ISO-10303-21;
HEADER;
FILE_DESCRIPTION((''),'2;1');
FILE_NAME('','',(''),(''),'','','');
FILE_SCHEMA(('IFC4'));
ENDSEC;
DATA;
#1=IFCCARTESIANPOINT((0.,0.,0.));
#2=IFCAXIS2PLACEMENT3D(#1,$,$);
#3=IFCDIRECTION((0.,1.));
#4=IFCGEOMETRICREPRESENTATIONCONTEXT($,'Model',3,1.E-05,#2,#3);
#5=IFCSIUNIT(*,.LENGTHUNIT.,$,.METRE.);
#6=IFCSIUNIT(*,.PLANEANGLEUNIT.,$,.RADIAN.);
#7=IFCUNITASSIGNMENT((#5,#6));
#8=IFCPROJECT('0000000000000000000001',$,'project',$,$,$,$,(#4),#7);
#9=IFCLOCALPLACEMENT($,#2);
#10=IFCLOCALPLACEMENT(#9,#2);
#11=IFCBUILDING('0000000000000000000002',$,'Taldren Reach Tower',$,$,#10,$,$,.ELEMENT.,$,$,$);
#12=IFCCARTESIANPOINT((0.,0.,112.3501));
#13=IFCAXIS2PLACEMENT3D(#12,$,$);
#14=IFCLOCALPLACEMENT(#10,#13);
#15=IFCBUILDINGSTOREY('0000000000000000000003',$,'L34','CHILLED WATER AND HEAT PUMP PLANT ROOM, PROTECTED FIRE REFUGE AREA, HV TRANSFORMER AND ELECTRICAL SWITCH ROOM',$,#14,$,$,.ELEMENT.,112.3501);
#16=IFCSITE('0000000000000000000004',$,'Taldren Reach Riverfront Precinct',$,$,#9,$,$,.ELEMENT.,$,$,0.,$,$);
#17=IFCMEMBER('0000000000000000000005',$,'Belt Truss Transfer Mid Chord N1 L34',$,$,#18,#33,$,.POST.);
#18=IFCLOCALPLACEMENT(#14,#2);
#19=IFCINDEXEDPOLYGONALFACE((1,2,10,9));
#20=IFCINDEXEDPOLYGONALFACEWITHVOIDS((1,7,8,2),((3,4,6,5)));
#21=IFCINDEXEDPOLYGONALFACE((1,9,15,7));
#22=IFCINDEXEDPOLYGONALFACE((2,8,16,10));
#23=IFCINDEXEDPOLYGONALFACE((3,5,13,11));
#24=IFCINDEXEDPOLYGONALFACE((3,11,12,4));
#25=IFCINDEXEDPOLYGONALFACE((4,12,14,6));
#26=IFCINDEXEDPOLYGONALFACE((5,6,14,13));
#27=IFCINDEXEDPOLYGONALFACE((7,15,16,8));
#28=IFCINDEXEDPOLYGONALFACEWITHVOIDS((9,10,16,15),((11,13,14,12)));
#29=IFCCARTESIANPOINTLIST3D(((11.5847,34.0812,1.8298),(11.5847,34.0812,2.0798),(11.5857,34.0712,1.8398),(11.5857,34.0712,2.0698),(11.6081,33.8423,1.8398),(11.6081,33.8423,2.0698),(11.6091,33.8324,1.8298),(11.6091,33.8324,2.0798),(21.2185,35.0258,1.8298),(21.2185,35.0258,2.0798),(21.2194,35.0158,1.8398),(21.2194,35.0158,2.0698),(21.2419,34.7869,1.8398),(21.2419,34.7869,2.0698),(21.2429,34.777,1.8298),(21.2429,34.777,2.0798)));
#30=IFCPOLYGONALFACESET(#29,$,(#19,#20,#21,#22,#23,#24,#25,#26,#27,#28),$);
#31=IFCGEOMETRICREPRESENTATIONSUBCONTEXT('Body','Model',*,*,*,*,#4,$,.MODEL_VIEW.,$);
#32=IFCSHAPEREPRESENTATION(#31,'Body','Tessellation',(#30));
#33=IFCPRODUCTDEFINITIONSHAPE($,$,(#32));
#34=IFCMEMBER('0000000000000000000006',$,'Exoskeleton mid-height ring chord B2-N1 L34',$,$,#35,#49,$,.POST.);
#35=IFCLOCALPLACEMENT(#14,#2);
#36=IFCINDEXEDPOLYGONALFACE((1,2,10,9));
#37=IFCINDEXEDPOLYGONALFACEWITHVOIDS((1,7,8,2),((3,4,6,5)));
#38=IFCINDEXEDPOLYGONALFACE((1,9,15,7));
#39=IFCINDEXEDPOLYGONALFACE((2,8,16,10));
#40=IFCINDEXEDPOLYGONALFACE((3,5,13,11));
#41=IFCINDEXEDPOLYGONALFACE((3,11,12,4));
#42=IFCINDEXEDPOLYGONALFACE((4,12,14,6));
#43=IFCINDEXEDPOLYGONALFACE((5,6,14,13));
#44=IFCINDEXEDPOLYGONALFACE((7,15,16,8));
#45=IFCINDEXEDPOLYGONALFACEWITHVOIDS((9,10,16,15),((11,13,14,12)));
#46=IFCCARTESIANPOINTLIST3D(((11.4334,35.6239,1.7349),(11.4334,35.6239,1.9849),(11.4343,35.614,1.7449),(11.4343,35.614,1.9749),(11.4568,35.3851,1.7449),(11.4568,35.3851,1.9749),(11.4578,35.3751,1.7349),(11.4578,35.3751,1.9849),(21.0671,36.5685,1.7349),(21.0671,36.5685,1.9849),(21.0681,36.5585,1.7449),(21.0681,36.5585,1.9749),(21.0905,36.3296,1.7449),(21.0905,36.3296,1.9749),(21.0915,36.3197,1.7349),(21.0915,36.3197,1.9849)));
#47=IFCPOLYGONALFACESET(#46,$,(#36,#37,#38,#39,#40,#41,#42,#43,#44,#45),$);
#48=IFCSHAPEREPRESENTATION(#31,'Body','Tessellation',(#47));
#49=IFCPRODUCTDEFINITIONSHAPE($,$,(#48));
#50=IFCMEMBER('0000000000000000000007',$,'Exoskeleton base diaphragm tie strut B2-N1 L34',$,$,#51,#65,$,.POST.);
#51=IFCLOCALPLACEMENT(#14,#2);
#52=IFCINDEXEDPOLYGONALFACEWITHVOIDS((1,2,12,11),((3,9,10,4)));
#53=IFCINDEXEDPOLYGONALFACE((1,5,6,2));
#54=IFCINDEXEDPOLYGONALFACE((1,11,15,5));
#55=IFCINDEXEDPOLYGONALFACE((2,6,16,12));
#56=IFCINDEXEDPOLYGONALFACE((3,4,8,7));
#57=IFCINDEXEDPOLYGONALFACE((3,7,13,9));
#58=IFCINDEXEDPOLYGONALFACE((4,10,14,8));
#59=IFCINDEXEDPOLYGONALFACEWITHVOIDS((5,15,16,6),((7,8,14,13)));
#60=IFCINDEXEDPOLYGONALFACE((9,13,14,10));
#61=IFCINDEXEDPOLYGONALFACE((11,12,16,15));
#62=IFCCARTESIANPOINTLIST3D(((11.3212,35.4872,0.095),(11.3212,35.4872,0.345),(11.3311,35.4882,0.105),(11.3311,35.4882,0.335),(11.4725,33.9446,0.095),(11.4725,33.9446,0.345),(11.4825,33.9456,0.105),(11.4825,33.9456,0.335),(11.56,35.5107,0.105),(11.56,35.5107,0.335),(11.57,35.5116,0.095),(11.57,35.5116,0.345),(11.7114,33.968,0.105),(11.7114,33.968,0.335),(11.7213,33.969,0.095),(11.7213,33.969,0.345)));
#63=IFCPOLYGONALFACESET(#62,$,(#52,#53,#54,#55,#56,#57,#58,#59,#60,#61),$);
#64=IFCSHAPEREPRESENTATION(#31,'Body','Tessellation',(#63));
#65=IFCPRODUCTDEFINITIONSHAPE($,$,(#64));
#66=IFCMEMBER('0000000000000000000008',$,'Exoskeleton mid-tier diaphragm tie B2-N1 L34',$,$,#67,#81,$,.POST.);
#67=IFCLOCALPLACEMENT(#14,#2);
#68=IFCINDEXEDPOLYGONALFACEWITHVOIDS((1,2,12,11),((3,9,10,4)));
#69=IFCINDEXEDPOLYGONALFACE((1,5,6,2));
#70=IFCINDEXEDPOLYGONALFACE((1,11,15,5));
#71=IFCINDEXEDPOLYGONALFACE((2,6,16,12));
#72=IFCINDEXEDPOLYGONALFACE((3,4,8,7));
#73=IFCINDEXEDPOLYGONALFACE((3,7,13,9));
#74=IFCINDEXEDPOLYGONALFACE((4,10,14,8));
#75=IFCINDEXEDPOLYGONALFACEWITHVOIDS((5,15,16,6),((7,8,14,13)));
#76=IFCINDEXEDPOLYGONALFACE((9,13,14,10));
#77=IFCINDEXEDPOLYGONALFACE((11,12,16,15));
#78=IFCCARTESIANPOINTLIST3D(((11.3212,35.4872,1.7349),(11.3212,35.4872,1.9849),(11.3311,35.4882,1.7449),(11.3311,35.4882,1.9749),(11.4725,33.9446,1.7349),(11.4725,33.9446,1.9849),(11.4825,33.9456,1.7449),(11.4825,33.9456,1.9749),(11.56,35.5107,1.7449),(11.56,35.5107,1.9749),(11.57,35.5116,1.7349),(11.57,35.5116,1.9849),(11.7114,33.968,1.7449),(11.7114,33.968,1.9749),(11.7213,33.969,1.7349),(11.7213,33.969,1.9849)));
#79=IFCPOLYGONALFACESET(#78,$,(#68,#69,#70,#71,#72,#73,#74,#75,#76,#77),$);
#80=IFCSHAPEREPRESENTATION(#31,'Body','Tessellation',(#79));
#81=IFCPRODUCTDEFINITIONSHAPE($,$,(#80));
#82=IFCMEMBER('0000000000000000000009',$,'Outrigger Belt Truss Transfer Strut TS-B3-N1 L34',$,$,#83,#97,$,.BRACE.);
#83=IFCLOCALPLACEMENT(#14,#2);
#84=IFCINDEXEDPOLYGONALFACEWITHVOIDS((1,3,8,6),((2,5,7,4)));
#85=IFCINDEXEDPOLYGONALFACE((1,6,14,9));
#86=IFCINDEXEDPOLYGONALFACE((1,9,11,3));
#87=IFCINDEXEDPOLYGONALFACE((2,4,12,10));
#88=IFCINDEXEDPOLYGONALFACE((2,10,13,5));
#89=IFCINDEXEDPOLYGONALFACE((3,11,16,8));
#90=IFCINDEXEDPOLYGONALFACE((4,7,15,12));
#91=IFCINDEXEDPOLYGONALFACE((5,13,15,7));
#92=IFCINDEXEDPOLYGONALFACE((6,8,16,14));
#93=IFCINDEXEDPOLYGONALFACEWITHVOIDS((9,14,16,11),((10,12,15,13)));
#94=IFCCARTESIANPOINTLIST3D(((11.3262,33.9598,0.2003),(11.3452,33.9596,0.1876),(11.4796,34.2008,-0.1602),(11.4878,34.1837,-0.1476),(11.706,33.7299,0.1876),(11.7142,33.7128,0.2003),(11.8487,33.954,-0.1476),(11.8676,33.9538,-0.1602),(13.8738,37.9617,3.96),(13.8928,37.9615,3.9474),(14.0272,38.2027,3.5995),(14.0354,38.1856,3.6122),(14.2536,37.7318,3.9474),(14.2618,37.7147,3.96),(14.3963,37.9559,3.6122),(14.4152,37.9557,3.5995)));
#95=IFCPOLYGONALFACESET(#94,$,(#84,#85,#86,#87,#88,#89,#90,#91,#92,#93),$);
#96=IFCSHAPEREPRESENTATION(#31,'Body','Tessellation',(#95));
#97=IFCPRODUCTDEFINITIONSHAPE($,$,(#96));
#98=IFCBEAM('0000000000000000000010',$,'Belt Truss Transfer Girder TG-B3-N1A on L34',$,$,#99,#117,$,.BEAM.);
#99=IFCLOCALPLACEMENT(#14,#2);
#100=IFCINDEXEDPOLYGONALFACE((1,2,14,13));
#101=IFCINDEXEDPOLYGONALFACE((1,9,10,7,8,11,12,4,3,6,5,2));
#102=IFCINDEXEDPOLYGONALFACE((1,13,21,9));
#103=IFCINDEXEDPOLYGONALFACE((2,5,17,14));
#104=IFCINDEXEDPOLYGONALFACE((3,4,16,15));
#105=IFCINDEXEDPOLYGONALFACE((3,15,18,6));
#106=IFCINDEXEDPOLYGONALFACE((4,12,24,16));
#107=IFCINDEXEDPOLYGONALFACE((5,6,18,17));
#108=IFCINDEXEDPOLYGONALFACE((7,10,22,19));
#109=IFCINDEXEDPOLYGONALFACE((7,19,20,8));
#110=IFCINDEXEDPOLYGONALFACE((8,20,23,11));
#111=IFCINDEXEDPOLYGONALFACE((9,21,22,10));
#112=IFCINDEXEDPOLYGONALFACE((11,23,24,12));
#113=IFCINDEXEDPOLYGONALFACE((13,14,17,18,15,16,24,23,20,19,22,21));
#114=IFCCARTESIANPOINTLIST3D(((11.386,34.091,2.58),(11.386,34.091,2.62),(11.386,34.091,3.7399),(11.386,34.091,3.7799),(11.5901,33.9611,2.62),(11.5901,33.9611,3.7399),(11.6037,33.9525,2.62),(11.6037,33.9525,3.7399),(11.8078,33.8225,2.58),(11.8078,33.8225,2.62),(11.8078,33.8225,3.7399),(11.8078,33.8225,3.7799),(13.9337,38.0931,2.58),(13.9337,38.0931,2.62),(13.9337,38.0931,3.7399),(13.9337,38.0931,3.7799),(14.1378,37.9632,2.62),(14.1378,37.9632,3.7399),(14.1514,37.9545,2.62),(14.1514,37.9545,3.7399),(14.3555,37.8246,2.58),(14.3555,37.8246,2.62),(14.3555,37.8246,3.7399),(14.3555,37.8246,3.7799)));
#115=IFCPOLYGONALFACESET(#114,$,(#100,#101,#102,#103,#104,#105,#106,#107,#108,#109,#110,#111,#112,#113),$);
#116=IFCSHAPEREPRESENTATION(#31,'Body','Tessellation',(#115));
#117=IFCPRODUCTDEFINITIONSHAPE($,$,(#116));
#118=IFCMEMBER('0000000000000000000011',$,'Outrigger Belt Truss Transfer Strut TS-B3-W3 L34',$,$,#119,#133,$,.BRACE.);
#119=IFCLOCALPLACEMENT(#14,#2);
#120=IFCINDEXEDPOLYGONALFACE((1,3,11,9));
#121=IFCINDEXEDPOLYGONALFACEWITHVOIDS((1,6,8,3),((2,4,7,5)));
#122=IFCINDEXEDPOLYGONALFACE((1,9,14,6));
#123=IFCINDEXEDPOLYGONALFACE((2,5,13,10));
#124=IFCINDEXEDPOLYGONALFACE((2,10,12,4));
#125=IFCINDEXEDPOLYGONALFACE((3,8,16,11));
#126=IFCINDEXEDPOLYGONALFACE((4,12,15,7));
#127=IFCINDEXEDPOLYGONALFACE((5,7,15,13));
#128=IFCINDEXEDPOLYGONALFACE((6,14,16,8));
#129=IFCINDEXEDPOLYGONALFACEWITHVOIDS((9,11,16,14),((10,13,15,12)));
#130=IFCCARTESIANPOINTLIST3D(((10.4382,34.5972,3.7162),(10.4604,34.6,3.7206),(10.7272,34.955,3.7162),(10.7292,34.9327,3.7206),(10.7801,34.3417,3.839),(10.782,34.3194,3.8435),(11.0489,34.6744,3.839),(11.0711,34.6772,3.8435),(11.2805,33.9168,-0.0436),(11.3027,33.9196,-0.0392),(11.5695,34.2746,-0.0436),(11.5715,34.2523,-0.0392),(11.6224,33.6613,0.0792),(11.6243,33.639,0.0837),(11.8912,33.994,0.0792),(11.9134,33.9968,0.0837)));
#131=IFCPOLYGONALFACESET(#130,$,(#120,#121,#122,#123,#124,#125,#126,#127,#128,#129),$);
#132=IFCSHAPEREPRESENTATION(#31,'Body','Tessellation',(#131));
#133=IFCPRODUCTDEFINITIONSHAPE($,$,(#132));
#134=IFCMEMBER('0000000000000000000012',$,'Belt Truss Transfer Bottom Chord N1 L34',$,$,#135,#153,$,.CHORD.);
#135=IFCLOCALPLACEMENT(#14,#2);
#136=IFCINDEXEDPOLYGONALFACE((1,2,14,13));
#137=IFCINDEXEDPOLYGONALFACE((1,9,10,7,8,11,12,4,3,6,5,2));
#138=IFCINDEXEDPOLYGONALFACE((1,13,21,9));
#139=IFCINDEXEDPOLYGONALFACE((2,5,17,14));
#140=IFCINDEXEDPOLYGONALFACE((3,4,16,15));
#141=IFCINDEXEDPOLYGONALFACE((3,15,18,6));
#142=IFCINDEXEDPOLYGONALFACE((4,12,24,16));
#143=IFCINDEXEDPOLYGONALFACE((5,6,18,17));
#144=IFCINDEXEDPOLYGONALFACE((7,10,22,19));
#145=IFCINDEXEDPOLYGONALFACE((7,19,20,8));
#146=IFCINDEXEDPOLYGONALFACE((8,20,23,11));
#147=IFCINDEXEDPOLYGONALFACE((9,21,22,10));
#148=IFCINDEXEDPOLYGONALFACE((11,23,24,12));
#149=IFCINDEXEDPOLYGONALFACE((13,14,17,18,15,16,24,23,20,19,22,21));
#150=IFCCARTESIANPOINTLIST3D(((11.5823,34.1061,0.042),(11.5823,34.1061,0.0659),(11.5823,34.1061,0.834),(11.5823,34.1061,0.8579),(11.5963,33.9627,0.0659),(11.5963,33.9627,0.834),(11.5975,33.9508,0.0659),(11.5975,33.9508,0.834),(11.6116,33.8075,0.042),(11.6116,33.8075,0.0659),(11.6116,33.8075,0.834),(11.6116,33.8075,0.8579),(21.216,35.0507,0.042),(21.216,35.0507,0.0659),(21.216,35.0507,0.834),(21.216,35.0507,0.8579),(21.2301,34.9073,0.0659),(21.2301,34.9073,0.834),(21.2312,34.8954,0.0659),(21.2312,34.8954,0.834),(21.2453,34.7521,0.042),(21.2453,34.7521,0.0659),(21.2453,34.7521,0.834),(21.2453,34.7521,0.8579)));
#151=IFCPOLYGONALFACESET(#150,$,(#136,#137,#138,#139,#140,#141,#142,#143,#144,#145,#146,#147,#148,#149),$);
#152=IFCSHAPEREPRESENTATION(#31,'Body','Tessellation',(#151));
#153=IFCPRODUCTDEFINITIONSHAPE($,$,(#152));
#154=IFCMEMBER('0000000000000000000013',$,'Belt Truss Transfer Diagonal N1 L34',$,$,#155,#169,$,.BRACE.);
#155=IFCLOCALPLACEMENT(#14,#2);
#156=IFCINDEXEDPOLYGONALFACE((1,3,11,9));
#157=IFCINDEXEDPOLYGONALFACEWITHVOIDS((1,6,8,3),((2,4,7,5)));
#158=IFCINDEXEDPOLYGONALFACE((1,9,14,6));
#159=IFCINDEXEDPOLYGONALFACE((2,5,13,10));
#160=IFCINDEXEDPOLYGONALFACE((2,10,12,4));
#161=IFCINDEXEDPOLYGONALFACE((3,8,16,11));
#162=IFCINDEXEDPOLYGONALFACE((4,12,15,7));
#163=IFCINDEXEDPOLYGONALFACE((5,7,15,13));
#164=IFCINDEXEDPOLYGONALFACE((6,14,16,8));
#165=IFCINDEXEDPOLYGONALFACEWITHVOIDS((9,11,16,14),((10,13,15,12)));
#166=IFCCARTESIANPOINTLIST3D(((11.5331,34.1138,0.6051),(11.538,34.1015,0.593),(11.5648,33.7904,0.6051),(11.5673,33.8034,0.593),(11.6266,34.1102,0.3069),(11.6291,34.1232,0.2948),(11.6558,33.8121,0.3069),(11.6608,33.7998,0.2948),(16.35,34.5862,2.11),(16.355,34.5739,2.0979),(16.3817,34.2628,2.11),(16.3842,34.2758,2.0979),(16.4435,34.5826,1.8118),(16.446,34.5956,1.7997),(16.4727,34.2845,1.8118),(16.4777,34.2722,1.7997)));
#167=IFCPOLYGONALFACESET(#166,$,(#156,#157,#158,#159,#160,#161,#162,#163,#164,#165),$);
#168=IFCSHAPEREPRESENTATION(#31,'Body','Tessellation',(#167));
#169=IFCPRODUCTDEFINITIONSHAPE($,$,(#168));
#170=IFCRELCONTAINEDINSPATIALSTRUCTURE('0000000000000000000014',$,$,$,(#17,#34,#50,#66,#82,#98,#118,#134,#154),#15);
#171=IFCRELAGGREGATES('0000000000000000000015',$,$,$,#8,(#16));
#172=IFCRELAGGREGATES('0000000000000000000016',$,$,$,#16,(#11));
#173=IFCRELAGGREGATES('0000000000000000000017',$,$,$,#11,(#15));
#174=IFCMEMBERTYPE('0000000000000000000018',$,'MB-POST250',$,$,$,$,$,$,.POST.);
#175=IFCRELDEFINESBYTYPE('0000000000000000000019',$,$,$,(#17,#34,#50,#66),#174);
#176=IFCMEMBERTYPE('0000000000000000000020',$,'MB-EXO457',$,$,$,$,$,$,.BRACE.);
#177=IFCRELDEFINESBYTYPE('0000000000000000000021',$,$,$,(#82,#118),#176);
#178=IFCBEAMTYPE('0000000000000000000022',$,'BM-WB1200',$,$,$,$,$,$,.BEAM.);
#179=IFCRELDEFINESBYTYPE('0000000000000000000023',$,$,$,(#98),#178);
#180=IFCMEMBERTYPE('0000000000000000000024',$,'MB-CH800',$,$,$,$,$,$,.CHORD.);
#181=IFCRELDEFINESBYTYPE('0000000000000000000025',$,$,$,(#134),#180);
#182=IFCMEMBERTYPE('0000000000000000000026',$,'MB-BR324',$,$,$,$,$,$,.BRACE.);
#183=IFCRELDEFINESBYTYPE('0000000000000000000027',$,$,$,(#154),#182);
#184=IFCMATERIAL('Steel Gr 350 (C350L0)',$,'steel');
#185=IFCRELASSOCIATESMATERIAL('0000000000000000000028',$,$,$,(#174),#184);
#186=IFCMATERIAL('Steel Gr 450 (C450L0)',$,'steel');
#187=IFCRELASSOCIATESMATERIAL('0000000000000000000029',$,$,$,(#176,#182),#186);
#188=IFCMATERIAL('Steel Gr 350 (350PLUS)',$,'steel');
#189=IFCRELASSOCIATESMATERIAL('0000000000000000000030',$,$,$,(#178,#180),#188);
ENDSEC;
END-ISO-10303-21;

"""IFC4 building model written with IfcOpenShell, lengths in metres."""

from ifc_helpers import new_model, si_unit, direction, frame, origin, origin_2d, place, context, subcontext, project, spatial, hollow_rectangle, i_section, extrude, source, transform, mapped, material, material_profile, profile_set, type_object, element, save


model = new_model("IFC4")

# Units and contexts
model_context = context("Model", 3, precision=1e-05, world=origin(), true_north=direction((0.0, 1.0)))
body_context = subcontext(model_context, "Body", "Model", "MODEL_VIEW")
ifc_project = project(units=[si_unit("LENGTHUNIT", "METRE"), si_unit("PLANEANGLEUNIT", "RADIAN")], contexts=[model_context])

# Site, building, storey
site_placement = place(None, origin())
site = spatial("IfcSite", under=ifc_project, at=site_placement, Name="Taldren Reach Riverfront Precinct", CompositionType="ELEMENT", RefElevation=0.0)
building_placement = place(site_placement, origin())
building = spatial("IfcBuilding", under=site, at=building_placement, Name="Taldren Reach Tower", CompositionType="ELEMENT")
storey_placement = place(building_placement, frame((0.0, 0.0, 112.3501)))
storey = spatial("IfcBuildingStorey", under=building, at=storey_placement, Name="L34", Description="CHILLED WATER AND HEAT PUMP PLANT ROOM, PROTECTED FIRE REFUGE AREA, HV TRANSFORMER AND ELECTRICAL SWITCH ROOM", CompositionType="ELEMENT", Elevation=112.3501)

# Shared definitions
ifc_material_1 = material(Name="Steel Gr 350 (350PLUS)", Category="steel")

# Members
ifc_material_2 = material(Name="Steel Gr 450 (C450L0)", Category="steel")
ifc_material_3 = material(Name="Steel Gr 350 (C350L0)", Category="steel")
ifc_material_profile_1 = material_profile(ifc_material_3, hollow_rectangle(XDim=0.25, YDim=0.25, WallThickness=0.01, at=origin_2d()), Name="250x250x10.0SHS")
ifc_profile_set_1 = profile_set([ifc_material_profile_1], Name="Steel Gr 350 (C350L0)")
member_type_1 = type_object("IfcMemberType", Name="MB-POST250", PredefinedType="POST", material=ifc_profile_set_1)
shared_shape_1 = source(origin(), body_context, "Body", "SweptSolid", [
    extrude(hollow_rectangle(XDim=0.25, YDim=0.25, WallThickness=0.01, at=origin_2d()), origin(), (0.0, 0.0, 1.0), 9.6799),
])
for number, where, z_axis, x_axis, name in (
    (1, (11.5969, 33.9568, 1.9548), (0.995228, 0.097581, 0.0), (-0.097581, 0.995228, 0.0), "Belt Truss Transfer Mid Chord N1 L34"),
    (2, (11.4456, 35.4995, 1.8599), (0.995228, 0.097581, 0.0), (-0.097581, 0.995228, 0.0), "Exoskeleton mid-height ring chord B2-N1 L34"),
):
    element("IfcMember", number, at=place(storey_placement, frame(where, z_axis=z_axis, x_axis=x_axis)), inside=storey, type_object=member_type_1, Name=name, PredefinedType="POST", context=body_context, shape_type="MappedRepresentation", body=[
        mapped(shared_shape_1, transform((0.0, 0.0, 0.0), scale=1.0)),
    ])
shared_shape_2 = source(origin(), body_context, "Body", "SweptSolid", [
    extrude(hollow_rectangle(XDim=0.25, YDim=0.25, WallThickness=0.01, at=origin_2d()), origin(), (0.0, 0.0, 1.0), 1.55),
])
for number, where, z_axis, x_axis, name in (
    (3, (11.5969, 33.9568, 0.22), (-0.097648, 0.995221, 0.0), (-0.995221, -0.097648, 0.0), "Exoskeleton base diaphragm tie strut B2-N1 L34"),
    (4, (11.5969, 33.9568, 1.8599), (-0.097648, 0.995221, 0.0), (-0.995221, -0.097648, 0.0), "Exoskeleton mid-tier diaphragm tie B2-N1 L34"),
):
    element("IfcMember", number, at=place(storey_placement, frame(where, z_axis=z_axis, x_axis=x_axis)), inside=storey, type_object=member_type_1, Name=name, PredefinedType="POST", context=body_context, shape_type="MappedRepresentation", body=[
        mapped(shared_shape_2, transform((0.0, 0.0, 0.0), scale=1.0)),
    ])
ifc_material_profile_2 = material_profile(ifc_material_2, hollow_rectangle(XDim=0.46, YDim=0.46, WallThickness=0.0161, at=origin_2d()), Name="460x460x16.0SHS")
ifc_profile_set_2 = profile_set([ifc_material_profile_2], Name="Steel Gr 450 (C450L0)")
member_type_2 = type_object("IfcMemberType", Name="MB-EXO457", PredefinedType="BRACE", material=ifc_profile_set_2)
shared_shape_3 = source(origin(), body_context, "Body", "SweptSolid", [
    extrude(hollow_rectangle(XDim=0.46, YDim=0.46, WallThickness=0.0161, at=origin_2d()), origin(), (0.0, 0.0, 1.0), 6.0532),
])
member_1_placement = place(storey_placement, frame((11.5969, 33.9568, 0.02), z_axis=(0.420866, 0.661125, 0.621116), x_axis=(-0.843575, 0.537012, 0.0)))
element("IfcMember", 5, at=member_1_placement, inside=storey, type_object=member_type_2, Name="Outrigger Belt Truss Transfer Strut TS-B3-N1 L34", PredefinedType="BRACE", context=body_context, shape_type="MappedRepresentation", body=[
    mapped(shared_shape_3, transform((0.0, 0.0, 0.0), scale=1.0)),
])

# Beam
ifc_material_profile_3 = material_profile(ifc_material_1, i_section(OverallWidth=0.5, OverallDepth=1.2, WebThickness=0.0161, FlangeThickness=0.04, at=origin_2d()), Name="1200WB455")
ifc_profile_set_3 = profile_set([ifc_material_profile_3], Name="Steel Gr 350 (350PLUS)")
beam_type_1 = type_object("IfcBeamType", Name="BM-WB1200", PredefinedType="BEAM", material=ifc_profile_set_3)
shared_shape_4 = source(origin(), body_context, "Body", "SweptSolid", [
    extrude(i_section(OverallWidth=0.5, OverallDepth=1.2, WebThickness=0.0161, FlangeThickness=0.04, at=origin_2d()), origin(), (0.0, 0.0, 1.0), 4.7441),
])
beam_1_placement = place(storey_placement, frame((11.5969, 33.9568, 3.1799), z_axis=(0.537012, 0.843575, 0.0), x_axis=(-0.843575, 0.537012, 0.0)))
element("IfcBeam", 6, at=beam_1_placement, inside=storey, type_object=beam_type_1, Name="Belt Truss Transfer Girder TG-B3-N1A on L34", PredefinedType="BEAM", context=body_context, shape_type="MappedRepresentation", body=[
    mapped(shared_shape_4, transform((0.0, 0.0, 0.0), scale=1.0)),
])

# Members
shared_shape_5 = source(origin(), body_context, "Body", "SweptSolid", [
    extrude(hollow_rectangle(XDim=0.46, YDim=0.46, WallThickness=0.0161, at=origin_2d()), origin(), (0.0, 0.0, 1.0), 3.9126),
])
member_2_placement = place(storey_placement, frame((11.5969, 33.9568, 0.02), z_axis=(-0.215276, 0.173906, 0.960944), x_axis=(-0.6284, -0.77789, 0.0)))
element("IfcMember", 7, at=member_2_placement, inside=storey, type_object=member_type_2, Name="Outrigger Belt Truss Transfer Strut TS-B3-W3 L34", PredefinedType="BRACE", context=body_context, shape_type="MappedRepresentation", body=[
    mapped(shared_shape_5, transform((0.0, 0.0, 0.0), scale=1.0)),
])
ifc_material_profile_4 = material_profile(ifc_material_1, i_section(OverallWidth=0.3, OverallDepth=0.8159, WebThickness=0.012, FlangeThickness=0.0239, at=origin_2d()), Name="800WB192")
ifc_profile_set_4 = profile_set([ifc_material_profile_4], Name="Steel Gr 350 (350PLUS)")
member_type_3 = type_object("IfcMemberType", Name="MB-CH800", PredefinedType="CHORD", material=ifc_profile_set_4)
shared_shape_6 = source(origin(), body_context, "Body", "SweptSolid", [
    extrude(i_section(OverallWidth=0.3, OverallDepth=0.8159, WebThickness=0.012, FlangeThickness=0.0239, at=origin_2d()), origin(), (0.0, 0.0, 1.0), 9.6799),
])
member_3_placement = place(storey_placement, frame((11.5969, 33.9568, 0.45), z_axis=(0.995228, 0.097581, 0.0), x_axis=(-0.097581, 0.995228, 0.0)))
element("IfcMember", 8, at=member_3_placement, inside=storey, type_object=member_type_3, Name="Belt Truss Transfer Bottom Chord N1 L34", PredefinedType="CHORD", context=body_context, shape_type="MappedRepresentation", body=[
    mapped(shared_shape_6, transform((0.0, 0.0, 0.0), scale=1.0)),
])
ifc_material_profile_5 = material_profile(ifc_material_2, hollow_rectangle(XDim=0.325, YDim=0.325, WallThickness=0.0127, at=origin_2d()), Name="325x325x12.7SHS")
ifc_profile_set_5 = profile_set([ifc_material_profile_5], Name="Steel Gr 450 (C450L0)")
member_type_4 = type_object("IfcMemberType", Name="MB-BR324", PredefinedType="BRACE", material=ifc_profile_set_5)
shared_shape_7 = source(origin(), body_context, "Body", "SweptSolid", [
    extrude(hollow_rectangle(XDim=0.325, YDim=0.325, WallThickness=0.0127, at=origin_2d()), origin(), (0.0, 0.0, 1.0), 5.0686),
])
for number, where, z_axis, x_axis, name in (
    (9, (11.5969, 33.9568, 0.45), (0.950347, 0.093204, 0.296905), (-0.097606, 0.995225, 0.0), "Belt Truss Transfer Diagonal N1 L34"),
):
    element("IfcMember", number, at=place(storey_placement, frame(where, z_axis=z_axis, x_axis=x_axis)), inside=storey, type_object=member_type_4, Name=name, PredefinedType="BRACE", context=body_context, shape_type="MappedRepresentation", body=[
        mapped(shared_shape_7, transform((0.0, 0.0, 0.0), scale=1.0)),
    ])

save(model, "model.ifc")
